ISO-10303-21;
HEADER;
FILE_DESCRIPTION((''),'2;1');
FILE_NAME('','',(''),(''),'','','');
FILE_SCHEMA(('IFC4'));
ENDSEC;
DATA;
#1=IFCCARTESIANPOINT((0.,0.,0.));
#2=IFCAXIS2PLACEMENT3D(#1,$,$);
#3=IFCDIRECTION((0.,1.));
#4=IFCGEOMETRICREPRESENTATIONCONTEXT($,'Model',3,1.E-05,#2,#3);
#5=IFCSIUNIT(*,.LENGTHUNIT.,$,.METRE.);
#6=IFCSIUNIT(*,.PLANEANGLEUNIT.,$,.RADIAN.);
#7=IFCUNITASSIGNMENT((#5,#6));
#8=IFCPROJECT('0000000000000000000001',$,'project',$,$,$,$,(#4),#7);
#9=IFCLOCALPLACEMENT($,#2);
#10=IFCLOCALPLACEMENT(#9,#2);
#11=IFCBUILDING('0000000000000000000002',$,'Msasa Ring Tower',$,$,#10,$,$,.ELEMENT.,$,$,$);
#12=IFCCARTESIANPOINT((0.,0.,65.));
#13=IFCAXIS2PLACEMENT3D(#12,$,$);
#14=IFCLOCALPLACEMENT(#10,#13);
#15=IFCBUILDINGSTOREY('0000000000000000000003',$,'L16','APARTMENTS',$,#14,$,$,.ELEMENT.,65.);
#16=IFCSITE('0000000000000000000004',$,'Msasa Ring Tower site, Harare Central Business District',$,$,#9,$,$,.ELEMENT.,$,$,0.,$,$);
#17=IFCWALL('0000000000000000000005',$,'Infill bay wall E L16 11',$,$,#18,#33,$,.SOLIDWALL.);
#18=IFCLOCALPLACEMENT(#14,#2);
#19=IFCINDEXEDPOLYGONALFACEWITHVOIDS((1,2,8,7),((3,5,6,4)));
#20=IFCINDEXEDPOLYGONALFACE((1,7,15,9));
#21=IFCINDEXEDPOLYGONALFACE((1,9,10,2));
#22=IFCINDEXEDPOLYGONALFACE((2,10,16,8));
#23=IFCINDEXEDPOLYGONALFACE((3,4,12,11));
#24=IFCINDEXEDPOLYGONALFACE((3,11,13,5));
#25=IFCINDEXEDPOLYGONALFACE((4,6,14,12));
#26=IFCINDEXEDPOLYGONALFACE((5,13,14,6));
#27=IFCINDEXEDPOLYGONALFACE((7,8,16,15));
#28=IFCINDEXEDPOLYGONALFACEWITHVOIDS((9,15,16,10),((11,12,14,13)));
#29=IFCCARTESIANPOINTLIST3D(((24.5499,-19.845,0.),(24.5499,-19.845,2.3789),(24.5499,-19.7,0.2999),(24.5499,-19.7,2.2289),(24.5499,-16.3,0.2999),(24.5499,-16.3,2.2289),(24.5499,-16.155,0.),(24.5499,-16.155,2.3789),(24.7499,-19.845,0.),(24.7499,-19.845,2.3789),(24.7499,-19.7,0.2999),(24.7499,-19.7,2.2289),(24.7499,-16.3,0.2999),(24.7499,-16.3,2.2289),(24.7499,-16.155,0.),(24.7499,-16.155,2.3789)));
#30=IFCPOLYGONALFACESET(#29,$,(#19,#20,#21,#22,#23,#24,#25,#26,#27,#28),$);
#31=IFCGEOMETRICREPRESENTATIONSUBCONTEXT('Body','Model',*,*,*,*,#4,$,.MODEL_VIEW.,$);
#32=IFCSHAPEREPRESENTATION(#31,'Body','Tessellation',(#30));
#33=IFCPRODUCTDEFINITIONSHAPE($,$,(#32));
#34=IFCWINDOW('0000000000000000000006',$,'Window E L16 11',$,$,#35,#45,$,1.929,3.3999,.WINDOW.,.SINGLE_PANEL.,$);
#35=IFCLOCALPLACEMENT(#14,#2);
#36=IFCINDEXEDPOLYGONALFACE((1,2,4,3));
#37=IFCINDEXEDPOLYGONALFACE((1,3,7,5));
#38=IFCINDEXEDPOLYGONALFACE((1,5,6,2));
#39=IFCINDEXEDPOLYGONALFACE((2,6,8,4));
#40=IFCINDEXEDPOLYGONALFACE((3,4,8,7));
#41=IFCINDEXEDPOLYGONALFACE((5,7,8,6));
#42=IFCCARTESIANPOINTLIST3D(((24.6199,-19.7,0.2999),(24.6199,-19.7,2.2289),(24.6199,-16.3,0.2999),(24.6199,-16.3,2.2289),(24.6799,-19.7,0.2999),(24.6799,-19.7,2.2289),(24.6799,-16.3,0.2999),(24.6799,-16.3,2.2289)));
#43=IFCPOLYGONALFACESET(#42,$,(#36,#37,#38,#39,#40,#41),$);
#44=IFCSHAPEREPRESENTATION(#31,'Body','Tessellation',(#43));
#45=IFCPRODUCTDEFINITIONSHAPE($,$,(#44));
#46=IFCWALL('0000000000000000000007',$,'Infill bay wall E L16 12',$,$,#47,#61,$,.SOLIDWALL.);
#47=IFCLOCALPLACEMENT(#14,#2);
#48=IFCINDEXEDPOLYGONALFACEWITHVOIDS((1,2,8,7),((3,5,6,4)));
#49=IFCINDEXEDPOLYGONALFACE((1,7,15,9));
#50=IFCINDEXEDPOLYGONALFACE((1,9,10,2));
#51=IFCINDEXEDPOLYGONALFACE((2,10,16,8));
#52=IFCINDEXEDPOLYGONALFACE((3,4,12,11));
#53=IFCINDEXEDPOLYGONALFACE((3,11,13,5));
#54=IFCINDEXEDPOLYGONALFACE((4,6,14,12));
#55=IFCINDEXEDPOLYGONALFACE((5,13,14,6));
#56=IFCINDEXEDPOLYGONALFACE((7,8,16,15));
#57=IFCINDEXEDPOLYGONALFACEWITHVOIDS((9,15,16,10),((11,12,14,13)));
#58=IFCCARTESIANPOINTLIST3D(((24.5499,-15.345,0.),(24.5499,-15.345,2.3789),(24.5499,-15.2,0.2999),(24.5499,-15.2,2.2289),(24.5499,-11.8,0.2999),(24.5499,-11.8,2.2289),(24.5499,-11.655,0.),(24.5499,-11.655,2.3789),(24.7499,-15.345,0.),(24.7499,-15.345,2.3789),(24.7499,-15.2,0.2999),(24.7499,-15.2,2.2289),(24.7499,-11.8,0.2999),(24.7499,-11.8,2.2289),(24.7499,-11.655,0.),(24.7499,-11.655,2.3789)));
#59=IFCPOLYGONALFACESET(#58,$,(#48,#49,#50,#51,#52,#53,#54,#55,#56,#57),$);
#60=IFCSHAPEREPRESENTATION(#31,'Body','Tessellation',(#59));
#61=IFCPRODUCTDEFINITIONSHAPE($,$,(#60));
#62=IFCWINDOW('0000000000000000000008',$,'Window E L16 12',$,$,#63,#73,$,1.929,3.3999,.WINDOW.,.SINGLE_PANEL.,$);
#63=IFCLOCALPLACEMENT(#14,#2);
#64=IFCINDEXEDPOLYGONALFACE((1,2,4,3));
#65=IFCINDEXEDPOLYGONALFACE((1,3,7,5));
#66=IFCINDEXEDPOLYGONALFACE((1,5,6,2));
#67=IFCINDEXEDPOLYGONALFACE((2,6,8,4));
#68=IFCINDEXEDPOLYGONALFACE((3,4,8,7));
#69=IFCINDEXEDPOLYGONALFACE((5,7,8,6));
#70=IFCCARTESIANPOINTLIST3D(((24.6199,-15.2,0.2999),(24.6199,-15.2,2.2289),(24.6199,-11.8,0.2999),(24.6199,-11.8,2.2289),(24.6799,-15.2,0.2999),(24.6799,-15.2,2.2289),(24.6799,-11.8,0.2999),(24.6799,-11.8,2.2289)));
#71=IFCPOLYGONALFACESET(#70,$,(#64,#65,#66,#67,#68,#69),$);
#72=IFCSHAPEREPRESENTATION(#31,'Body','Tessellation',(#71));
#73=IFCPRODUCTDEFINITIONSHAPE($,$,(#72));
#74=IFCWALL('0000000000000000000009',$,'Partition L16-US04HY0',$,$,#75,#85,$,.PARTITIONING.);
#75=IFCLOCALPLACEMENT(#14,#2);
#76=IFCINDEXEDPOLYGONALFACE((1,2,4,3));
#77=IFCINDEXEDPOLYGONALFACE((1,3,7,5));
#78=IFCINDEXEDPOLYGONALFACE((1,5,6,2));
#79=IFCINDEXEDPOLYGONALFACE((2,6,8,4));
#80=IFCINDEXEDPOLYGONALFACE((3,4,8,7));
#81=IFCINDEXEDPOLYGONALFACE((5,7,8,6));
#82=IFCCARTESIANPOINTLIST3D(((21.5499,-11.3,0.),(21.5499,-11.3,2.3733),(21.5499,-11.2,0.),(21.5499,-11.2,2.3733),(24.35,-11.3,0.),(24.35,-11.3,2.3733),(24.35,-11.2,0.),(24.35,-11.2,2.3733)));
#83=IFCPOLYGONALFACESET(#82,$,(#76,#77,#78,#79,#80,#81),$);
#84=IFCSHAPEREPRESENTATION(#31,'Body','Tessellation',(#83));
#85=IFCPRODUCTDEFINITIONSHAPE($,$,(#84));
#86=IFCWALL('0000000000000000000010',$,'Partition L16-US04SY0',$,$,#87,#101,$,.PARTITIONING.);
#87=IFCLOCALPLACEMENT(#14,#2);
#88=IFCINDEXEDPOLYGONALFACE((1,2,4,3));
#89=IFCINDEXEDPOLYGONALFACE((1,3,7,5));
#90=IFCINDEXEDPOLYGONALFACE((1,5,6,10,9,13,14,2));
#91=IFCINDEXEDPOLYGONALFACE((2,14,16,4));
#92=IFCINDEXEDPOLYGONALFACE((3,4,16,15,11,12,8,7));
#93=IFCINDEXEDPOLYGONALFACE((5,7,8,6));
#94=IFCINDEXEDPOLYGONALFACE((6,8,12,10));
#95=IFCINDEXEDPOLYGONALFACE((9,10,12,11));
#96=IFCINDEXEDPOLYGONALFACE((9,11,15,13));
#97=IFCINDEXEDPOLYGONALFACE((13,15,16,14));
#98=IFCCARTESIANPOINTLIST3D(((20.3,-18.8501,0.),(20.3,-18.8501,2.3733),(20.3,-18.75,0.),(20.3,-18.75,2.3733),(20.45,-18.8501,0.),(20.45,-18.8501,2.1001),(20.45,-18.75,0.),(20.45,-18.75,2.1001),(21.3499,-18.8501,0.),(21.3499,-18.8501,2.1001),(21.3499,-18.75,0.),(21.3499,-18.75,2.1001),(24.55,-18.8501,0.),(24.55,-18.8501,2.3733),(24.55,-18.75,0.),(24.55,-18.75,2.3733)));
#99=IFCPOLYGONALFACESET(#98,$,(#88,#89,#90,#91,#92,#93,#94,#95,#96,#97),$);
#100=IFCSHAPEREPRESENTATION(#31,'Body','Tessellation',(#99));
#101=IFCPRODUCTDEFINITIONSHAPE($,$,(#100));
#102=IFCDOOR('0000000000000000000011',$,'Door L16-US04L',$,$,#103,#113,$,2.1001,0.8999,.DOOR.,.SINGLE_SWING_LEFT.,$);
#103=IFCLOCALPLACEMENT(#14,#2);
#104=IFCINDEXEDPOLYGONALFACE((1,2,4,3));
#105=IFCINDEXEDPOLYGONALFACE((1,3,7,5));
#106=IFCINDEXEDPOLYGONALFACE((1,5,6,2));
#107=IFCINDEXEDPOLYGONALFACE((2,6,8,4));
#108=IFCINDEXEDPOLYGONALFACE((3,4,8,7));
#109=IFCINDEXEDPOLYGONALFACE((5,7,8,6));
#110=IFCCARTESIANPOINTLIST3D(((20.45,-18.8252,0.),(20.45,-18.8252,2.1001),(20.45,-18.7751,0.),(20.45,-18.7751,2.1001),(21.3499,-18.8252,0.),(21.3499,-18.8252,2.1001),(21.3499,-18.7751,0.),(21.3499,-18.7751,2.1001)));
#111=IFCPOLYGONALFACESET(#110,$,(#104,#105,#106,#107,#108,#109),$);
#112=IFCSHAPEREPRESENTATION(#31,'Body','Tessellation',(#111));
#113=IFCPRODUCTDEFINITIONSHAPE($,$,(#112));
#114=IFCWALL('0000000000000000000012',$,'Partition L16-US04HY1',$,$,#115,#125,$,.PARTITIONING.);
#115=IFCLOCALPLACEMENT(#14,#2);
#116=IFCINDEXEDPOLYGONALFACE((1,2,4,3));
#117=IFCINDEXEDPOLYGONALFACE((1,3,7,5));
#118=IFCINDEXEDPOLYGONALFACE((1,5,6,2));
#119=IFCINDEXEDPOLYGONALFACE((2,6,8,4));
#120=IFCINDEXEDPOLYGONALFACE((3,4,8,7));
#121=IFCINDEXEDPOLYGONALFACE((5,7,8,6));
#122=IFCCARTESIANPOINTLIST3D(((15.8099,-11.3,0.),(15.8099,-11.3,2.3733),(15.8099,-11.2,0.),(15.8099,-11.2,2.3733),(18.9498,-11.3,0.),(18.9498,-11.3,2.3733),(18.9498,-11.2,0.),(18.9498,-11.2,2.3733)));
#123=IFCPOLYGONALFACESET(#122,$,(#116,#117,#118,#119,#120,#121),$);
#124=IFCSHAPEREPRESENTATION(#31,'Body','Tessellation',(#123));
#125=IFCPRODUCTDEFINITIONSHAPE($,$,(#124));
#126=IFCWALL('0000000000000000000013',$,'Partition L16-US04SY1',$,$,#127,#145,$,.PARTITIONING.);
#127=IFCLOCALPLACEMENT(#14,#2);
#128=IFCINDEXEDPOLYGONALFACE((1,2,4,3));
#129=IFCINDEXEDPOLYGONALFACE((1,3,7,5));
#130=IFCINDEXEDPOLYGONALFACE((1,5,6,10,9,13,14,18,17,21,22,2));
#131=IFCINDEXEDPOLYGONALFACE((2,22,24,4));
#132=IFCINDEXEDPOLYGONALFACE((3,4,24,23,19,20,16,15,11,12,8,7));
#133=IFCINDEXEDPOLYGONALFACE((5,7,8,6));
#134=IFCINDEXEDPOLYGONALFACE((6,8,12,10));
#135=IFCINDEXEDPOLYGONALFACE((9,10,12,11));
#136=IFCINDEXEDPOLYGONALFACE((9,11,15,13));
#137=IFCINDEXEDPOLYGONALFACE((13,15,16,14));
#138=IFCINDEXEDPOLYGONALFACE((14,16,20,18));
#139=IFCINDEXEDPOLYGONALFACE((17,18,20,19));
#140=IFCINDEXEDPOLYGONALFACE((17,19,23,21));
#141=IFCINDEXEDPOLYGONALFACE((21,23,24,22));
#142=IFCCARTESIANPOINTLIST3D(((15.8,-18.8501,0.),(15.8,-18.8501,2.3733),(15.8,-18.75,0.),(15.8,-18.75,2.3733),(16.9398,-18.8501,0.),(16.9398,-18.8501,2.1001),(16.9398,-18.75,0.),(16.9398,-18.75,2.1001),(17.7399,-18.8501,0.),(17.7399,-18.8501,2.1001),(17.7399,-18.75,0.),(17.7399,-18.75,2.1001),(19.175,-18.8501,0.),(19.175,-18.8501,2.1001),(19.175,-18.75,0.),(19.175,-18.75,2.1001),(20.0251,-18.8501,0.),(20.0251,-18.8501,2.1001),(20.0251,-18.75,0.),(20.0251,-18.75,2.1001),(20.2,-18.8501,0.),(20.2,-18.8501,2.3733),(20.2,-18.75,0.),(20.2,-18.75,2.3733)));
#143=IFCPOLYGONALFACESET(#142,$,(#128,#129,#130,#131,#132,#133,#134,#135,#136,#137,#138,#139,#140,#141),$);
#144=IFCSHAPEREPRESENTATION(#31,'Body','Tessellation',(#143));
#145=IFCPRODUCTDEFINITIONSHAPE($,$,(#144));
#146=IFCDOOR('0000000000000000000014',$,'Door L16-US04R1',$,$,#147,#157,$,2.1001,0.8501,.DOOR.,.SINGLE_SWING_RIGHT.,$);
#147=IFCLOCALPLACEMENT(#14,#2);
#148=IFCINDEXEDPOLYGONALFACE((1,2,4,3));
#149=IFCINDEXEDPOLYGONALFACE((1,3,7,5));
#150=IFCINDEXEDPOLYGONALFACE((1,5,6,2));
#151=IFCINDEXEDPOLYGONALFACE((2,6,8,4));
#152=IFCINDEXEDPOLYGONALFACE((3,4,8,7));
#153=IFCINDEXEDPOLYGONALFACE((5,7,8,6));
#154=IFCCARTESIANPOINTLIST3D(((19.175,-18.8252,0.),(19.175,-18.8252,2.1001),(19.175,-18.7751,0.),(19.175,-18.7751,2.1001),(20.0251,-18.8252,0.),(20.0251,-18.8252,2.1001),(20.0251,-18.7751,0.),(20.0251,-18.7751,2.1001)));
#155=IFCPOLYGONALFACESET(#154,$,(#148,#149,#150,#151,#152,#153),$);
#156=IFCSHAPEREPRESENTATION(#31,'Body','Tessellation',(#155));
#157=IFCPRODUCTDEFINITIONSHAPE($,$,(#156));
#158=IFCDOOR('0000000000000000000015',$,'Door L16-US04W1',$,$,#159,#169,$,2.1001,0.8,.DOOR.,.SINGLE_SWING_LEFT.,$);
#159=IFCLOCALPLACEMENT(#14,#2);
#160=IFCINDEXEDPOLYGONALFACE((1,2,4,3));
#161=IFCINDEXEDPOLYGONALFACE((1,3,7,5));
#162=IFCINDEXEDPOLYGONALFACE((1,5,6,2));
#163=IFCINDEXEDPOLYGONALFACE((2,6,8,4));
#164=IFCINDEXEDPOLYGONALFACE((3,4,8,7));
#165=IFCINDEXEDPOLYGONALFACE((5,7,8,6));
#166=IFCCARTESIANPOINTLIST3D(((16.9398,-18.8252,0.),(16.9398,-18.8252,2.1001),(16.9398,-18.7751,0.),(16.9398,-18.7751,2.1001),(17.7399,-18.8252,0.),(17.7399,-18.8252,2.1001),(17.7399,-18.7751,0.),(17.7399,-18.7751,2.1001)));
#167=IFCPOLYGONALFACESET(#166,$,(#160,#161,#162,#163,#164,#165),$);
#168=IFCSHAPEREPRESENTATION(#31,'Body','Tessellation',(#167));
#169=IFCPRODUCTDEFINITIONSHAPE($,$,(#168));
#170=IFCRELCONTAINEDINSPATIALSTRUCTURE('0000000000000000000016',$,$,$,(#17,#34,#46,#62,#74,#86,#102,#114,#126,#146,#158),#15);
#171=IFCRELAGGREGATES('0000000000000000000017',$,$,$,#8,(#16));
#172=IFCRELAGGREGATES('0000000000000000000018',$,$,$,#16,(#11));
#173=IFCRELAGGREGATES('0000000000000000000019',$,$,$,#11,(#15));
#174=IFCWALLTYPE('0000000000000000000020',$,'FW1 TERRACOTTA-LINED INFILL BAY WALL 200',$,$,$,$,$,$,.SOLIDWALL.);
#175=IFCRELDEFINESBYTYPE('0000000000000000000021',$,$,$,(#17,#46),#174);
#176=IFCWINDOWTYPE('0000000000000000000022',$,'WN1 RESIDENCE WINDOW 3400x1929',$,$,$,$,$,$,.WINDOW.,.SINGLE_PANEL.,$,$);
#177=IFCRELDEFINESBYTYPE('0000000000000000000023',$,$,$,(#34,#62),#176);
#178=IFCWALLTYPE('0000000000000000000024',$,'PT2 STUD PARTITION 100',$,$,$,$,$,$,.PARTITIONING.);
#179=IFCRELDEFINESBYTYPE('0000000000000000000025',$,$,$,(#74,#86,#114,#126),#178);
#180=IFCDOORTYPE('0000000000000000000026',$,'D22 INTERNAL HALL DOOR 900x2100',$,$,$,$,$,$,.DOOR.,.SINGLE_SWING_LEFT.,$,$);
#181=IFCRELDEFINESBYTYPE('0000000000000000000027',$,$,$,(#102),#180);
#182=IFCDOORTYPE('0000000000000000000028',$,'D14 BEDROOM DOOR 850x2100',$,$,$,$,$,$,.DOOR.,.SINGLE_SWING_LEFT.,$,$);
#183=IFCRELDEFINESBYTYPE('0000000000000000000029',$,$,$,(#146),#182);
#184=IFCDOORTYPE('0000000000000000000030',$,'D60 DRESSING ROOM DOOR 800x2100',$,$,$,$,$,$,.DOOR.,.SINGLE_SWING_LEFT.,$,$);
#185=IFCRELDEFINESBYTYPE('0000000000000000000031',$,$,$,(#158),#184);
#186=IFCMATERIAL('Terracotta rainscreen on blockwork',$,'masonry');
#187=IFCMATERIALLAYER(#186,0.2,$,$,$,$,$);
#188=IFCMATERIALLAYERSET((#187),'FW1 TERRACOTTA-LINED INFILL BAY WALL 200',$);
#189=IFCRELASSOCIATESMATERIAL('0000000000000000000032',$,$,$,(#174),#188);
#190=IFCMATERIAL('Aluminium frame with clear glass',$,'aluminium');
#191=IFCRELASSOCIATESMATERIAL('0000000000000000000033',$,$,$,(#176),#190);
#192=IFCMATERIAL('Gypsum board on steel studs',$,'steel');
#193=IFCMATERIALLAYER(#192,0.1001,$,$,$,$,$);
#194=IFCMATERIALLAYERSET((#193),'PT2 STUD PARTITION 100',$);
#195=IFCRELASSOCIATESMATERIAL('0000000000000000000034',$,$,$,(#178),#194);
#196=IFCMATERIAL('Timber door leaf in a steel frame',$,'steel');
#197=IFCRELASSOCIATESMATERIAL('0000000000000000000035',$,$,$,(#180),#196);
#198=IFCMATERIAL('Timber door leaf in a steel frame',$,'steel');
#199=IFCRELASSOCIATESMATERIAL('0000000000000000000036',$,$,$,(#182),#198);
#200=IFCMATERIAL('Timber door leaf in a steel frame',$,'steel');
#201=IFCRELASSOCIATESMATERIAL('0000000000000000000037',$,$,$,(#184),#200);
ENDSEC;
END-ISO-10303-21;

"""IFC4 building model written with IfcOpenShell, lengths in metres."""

from ifc_helpers import new_model, si_unit, direction, frame, frame_2d, origin, place, context, subcontext, project, spatial, rectangle, extrude, material, layer, layer_set, type_object, element, fill, save


model = new_model("IFC4")

# Units and contexts
model_context = context("Model", 3, precision=1e-05, world=origin(), true_north=direction((0.0, 1.0)))
body_context = subcontext(model_context, "Body", "Model", "MODEL_VIEW")
ifc_project = project(units=[si_unit("LENGTHUNIT", "METRE"), si_unit("PLANEANGLEUNIT", "RADIAN")], contexts=[model_context])

# Site, building, storey
site_placement = place(None, origin())
site = spatial("IfcSite", under=ifc_project, at=site_placement, Name="Msasa Ring Tower site, Harare Central Business District", CompositionType="ELEMENT", RefElevation=0.0)
building_placement = place(site_placement, origin())
building = spatial("IfcBuilding", under=site, at=building_placement, Name="Msasa Ring Tower", CompositionType="ELEMENT")
storey_placement = place(building_placement, frame((0.0, 0.0, 65.0)))
storey = spatial("IfcBuildingStorey", under=building, at=storey_placement, Name="L16", Description="APARTMENTS", CompositionType="ELEMENT", Elevation=65.0)

# Walls, openings, windows
ifc_material_1 = material(Name="Terracotta rainscreen on blockwork", Category="masonry")
ifc_layer_1 = layer(ifc_material_1, 0.2)
ifc_layer_set_1 = layer_set([ifc_layer_1], Name="FW1 TERRACOTTA-LINED INFILL BAY WALL 200")
wall_type_1 = type_object("IfcWallType", Name="FW1 TERRACOTTA-LINED INFILL BAY WALL 200", PredefinedType="SOLIDWALL", material=ifc_layer_set_1)
wall_1_placement = place(storey_placement, frame((24.6499, -19.845, 0.0), z_axis=(0.0, 0.0, 1.0), x_axis=(0.0, 1.0, 0.0)))
wall_1 = element("IfcWall", 1, at=wall_1_placement, inside=storey, type_object=wall_type_1, Name="Infill bay wall E L16 11", PredefinedType="SOLIDWALL", context=body_context, shape_type="SweptSolid", body=[
    extrude(rectangle(XDim=3.6899, YDim=0.2, at=frame_2d((1.845, 0.0))), origin(), (0.0, 0.0, 1.0), 2.3789),
])
opening_1_placement = place(wall_1_placement, frame((0.145, 0.0, 0.3)))
opening_1 = element("IfcOpeningElement", 2, at=opening_1_placement, cuts=wall_1, PredefinedType="OPENING", context=body_context, shape_type="SweptSolid", body=[
    extrude(rectangle(XDim=3.3999, YDim=1.929, at=frame_2d((1.7, 0.9644))), frame((0.0, 0.1099, 0.0), z_axis=(0.0, -1.0, 0.0), x_axis=(1.0, 0.0, 0.0)), (0.0, 0.0, 1.0), 0.22),
])
ifc_material_2 = material(Name="Aluminium frame with clear glass", Category="aluminium")
window_type = type_object("IfcWindowType", Name="WN1 RESIDENCE WINDOW 3400x1929", PartitioningType="SINGLE_PANEL", PredefinedType="WINDOW", material=ifc_material_2)
window_1_placement = place(opening_1_placement, origin())
window_1 = element("IfcWindow", 3, at=window_1_placement, inside=storey, type_object=window_type, Name="Window E L16 11", OverallHeight=1.929, OverallWidth=3.3999, PartitioningType="SINGLE_PANEL", PredefinedType="WINDOW", context=body_context, shape_type="SweptSolid", body=[
    extrude(rectangle(XDim=3.3999, YDim=1.929, at=frame_2d((1.7, 0.9644))), frame((0.0, 0.03, 0.0), z_axis=(0.0, -1.0, 0.0), x_axis=(1.0, 0.0, 0.0)), (0.0, 0.0, 1.0), 0.0601),
])
fill(opening_1, window_1)
wall_2_placement = place(storey_placement, frame((24.6499, -15.345, 0.0), z_axis=(0.0, 0.0, 1.0), x_axis=(0.0, 1.0, 0.0)))
wall_2 = element("IfcWall", 4, at=wall_2_placement, inside=storey, type_object=wall_type_1, Name="Infill bay wall E L16 12", PredefinedType="SOLIDWALL", context=body_context, shape_type="SweptSolid", body=[
    extrude(rectangle(XDim=3.6899, YDim=0.2, at=frame_2d((1.845, 0.0))), origin(), (0.0, 0.0, 1.0), 2.3789),
])
opening_2_placement = place(wall_2_placement, frame((0.145, 0.0, 0.3)))
opening_2 = element("IfcOpeningElement", 5, at=opening_2_placement, cuts=wall_2, PredefinedType="OPENING", context=body_context, shape_type="SweptSolid", body=[
    extrude(rectangle(XDim=3.3999, YDim=1.929, at=frame_2d((1.7, 0.9644))), frame((0.0, 0.1099, 0.0), z_axis=(0.0, -1.0, 0.0), x_axis=(1.0, 0.0, 0.0)), (0.0, 0.0, 1.0), 0.22),
])
window_2_placement = place(opening_2_placement, origin())
window_2 = element("IfcWindow", 6, at=window_2_placement, inside=storey, type_object=window_type, Name="Window E L16 12", OverallHeight=1.929, OverallWidth=3.3999, PartitioningType="SINGLE_PANEL", PredefinedType="WINDOW", context=body_context, shape_type="SweptSolid", body=[
    extrude(rectangle(XDim=3.3999, YDim=1.929, at=frame_2d((1.7, 0.9644))), frame((0.0, 0.03, 0.0), z_axis=(0.0, -1.0, 0.0), x_axis=(1.0, 0.0, 0.0)), (0.0, 0.0, 1.0), 0.0601),
])
fill(opening_2, window_2)

# Wall
ifc_material_3 = material(Name="Gypsum board on steel studs", Category="steel")
ifc_layer_2 = layer(ifc_material_3, 0.1001)
ifc_layer_set_2 = layer_set([ifc_layer_2], Name="PT2 STUD PARTITION 100")
wall_type_2 = type_object("IfcWallType", Name="PT2 STUD PARTITION 100", PredefinedType="PARTITIONING", material=ifc_layer_set_2)
wall_3_placement = place(storey_placement, frame((21.55, -11.25, 0.0), z_axis=(0.0, 0.0, 1.0), x_axis=(1.0, 0.0, 0.0)))
element("IfcWall", 7, at=wall_3_placement, inside=storey, type_object=wall_type_2, Name="Partition L16-US04HY0", PredefinedType="PARTITIONING", context=body_context, shape_type="SweptSolid", body=[
    extrude(rectangle(XDim=2.8, YDim=0.1001, at=frame_2d((1.3999, 0.0))), origin(), (0.0, 0.0, 1.0), 2.3733),
])

# Wall, opening, door
wall_4_placement = place(storey_placement, frame((20.3, -18.8, 0.0), z_axis=(0.0, 0.0, 1.0), x_axis=(1.0, 0.0, 0.0)))
wall_4 = element("IfcWall", 8, at=wall_4_placement, inside=storey, type_object=wall_type_2, Name="Partition L16-US04SY0", PredefinedType="PARTITIONING", context=body_context, shape_type="SweptSolid", body=[
    extrude(rectangle(XDim=4.25, YDim=0.1001, at=frame_2d((2.125, 0.0))), origin(), (0.0, 0.0, 1.0), 2.3733),
])
opening_3_placement = place(wall_4_placement, frame((0.1499, 0.0, 0.0)))
opening_3 = element("IfcOpeningElement", 9, at=opening_3_placement, cuts=wall_4, PredefinedType="OPENING", context=body_context, shape_type="SweptSolid", body=[
    extrude(rectangle(XDim=0.8999, YDim=2.1001, at=frame_2d((0.45, 1.05))), frame((0.0, 0.0601, 0.0), z_axis=(0.0, -1.0, 0.0), x_axis=(1.0, 0.0, 0.0)), (0.0, 0.0, 1.0), 0.1201),
])
ifc_material_4 = material(Name="Timber door leaf in a steel frame", Category="steel")
door_type_1 = type_object("IfcDoorType", Name="D22 INTERNAL HALL DOOR 900x2100", OperationType="SINGLE_SWING_LEFT", PredefinedType="DOOR", material=ifc_material_4)
door_1_placement = place(opening_3_placement, origin())
door_1 = element("IfcDoor", 10, at=door_1_placement, inside=storey, type_object=door_type_1, Name="Door L16-US04L", OperationType="SINGLE_SWING_LEFT", OverallHeight=2.1001, OverallWidth=0.8999, PredefinedType="DOOR", context=body_context, shape_type="SweptSolid", body=[
    extrude(rectangle(XDim=0.8999, YDim=2.1001, at=frame_2d((0.45, 1.05))), frame((0.0, 0.0249, 0.0), z_axis=(0.0, -1.0, 0.0), x_axis=(1.0, 0.0, 0.0)), (0.0, 0.0, 1.0), 0.05),
])
fill(opening_3, door_1)

# Wall
wall_5_placement = place(storey_placement, frame((15.8101, -11.25, 0.0), z_axis=(0.0, 0.0, 1.0), x_axis=(1.0, 0.0, 0.0)))
element("IfcWall", 11, at=wall_5_placement, inside=storey, type_object=wall_type_2, Name="Partition L16-US04HY1", PredefinedType="PARTITIONING", context=body_context, shape_type="SweptSolid", body=[
    extrude(rectangle(XDim=3.1399, YDim=0.1001, at=frame_2d((1.5698, 0.0))), origin(), (0.0, 0.0, 1.0), 2.3733),
])

# Wall, openings, doors
wall_6_placement = place(storey_placement, frame((15.8, -18.8, 0.0), z_axis=(0.0, 0.0, 1.0), x_axis=(1.0, 0.0, 0.0)))
wall_6 = element("IfcWall", 12, at=wall_6_placement, inside=storey, type_object=wall_type_2, Name="Partition L16-US04SY1", PredefinedType="PARTITIONING", context=body_context, shape_type="SweptSolid", body=[
    extrude(rectangle(XDim=4.3999, YDim=0.1001, at=frame_2d((2.2, 0.0))), origin(), (0.0, 0.0, 1.0), 2.3733),
])
opening_4_placement = place(wall_6_placement, frame((3.375, 0.0, 0.0)))
opening_4 = element("IfcOpeningElement", 13, at=opening_4_placement, cuts=wall_6, PredefinedType="OPENING", context=body_context, shape_type="SweptSolid", body=[
    extrude(rectangle(XDim=0.8501, YDim=2.1001, at=frame_2d((0.425, 1.05))), frame((0.0, 0.0601, 0.0), z_axis=(0.0, -1.0, 0.0), x_axis=(1.0, 0.0, 0.0)), (0.0, 0.0, 1.0), 0.1201),
])
opening_5_placement = place(wall_6_placement, frame((1.1399, 0.0, 0.0)))
opening_5 = element("IfcOpeningElement", 14, at=opening_5_placement, cuts=wall_6, PredefinedType="OPENING", context=body_context, shape_type="SweptSolid", body=[
    extrude(rectangle(XDim=0.8, YDim=2.1001, at=frame_2d((0.3999, 1.05))), frame((0.0, 0.0601, 0.0), z_axis=(0.0, -1.0, 0.0), x_axis=(1.0, 0.0, 0.0)), (0.0, 0.0, 1.0), 0.1201),
])
ifc_material_5 = material(Name="Timber door leaf in a steel frame", Category="steel")
door_type_2 = type_object("IfcDoorType", Name="D14 BEDROOM DOOR 850x2100", OperationType="SINGLE_SWING_LEFT", PredefinedType="DOOR", material=ifc_material_5)
door_2_placement = place(opening_4_placement, origin())
door_2 = element("IfcDoor", 15, at=door_2_placement, inside=storey, type_object=door_type_2, Name="Door L16-US04R1", OperationType="SINGLE_SWING_RIGHT", OverallHeight=2.1001, OverallWidth=0.8501, PredefinedType="DOOR", context=body_context, shape_type="SweptSolid", body=[
    extrude(rectangle(XDim=0.8501, YDim=2.1001, at=frame_2d((0.425, 1.05))), frame((0.0, 0.0249, 0.0), z_axis=(0.0, -1.0, 0.0), x_axis=(1.0, 0.0, 0.0)), (0.0, 0.0, 1.0), 0.05),
])
fill(opening_4, door_2)
ifc_material_6 = material(Name="Timber door leaf in a steel frame", Category="steel")
door_type_3 = type_object("IfcDoorType", Name="D60 DRESSING ROOM DOOR 800x2100", OperationType="SINGLE_SWING_LEFT", PredefinedType="DOOR", material=ifc_material_6)
door_3_placement = place(opening_5_placement, origin())
door_3 = element("IfcDoor", 16, at=door_3_placement, inside=storey, type_object=door_type_3, Name="Door L16-US04W1", OperationType="SINGLE_SWING_LEFT", OverallHeight=2.1001, OverallWidth=0.8, PredefinedType="DOOR", context=body_context, shape_type="SweptSolid", body=[
    extrude(rectangle(XDim=0.8, YDim=2.1001, at=frame_2d((0.3999, 1.05))), frame((0.0, 0.0249, 0.0), z_axis=(0.0, -1.0, 0.0), x_axis=(1.0, 0.0, 0.0)), (0.0, 0.0, 1.0), 0.05),
])
fill(opening_5, door_3)

save(model, "model.ifc")
